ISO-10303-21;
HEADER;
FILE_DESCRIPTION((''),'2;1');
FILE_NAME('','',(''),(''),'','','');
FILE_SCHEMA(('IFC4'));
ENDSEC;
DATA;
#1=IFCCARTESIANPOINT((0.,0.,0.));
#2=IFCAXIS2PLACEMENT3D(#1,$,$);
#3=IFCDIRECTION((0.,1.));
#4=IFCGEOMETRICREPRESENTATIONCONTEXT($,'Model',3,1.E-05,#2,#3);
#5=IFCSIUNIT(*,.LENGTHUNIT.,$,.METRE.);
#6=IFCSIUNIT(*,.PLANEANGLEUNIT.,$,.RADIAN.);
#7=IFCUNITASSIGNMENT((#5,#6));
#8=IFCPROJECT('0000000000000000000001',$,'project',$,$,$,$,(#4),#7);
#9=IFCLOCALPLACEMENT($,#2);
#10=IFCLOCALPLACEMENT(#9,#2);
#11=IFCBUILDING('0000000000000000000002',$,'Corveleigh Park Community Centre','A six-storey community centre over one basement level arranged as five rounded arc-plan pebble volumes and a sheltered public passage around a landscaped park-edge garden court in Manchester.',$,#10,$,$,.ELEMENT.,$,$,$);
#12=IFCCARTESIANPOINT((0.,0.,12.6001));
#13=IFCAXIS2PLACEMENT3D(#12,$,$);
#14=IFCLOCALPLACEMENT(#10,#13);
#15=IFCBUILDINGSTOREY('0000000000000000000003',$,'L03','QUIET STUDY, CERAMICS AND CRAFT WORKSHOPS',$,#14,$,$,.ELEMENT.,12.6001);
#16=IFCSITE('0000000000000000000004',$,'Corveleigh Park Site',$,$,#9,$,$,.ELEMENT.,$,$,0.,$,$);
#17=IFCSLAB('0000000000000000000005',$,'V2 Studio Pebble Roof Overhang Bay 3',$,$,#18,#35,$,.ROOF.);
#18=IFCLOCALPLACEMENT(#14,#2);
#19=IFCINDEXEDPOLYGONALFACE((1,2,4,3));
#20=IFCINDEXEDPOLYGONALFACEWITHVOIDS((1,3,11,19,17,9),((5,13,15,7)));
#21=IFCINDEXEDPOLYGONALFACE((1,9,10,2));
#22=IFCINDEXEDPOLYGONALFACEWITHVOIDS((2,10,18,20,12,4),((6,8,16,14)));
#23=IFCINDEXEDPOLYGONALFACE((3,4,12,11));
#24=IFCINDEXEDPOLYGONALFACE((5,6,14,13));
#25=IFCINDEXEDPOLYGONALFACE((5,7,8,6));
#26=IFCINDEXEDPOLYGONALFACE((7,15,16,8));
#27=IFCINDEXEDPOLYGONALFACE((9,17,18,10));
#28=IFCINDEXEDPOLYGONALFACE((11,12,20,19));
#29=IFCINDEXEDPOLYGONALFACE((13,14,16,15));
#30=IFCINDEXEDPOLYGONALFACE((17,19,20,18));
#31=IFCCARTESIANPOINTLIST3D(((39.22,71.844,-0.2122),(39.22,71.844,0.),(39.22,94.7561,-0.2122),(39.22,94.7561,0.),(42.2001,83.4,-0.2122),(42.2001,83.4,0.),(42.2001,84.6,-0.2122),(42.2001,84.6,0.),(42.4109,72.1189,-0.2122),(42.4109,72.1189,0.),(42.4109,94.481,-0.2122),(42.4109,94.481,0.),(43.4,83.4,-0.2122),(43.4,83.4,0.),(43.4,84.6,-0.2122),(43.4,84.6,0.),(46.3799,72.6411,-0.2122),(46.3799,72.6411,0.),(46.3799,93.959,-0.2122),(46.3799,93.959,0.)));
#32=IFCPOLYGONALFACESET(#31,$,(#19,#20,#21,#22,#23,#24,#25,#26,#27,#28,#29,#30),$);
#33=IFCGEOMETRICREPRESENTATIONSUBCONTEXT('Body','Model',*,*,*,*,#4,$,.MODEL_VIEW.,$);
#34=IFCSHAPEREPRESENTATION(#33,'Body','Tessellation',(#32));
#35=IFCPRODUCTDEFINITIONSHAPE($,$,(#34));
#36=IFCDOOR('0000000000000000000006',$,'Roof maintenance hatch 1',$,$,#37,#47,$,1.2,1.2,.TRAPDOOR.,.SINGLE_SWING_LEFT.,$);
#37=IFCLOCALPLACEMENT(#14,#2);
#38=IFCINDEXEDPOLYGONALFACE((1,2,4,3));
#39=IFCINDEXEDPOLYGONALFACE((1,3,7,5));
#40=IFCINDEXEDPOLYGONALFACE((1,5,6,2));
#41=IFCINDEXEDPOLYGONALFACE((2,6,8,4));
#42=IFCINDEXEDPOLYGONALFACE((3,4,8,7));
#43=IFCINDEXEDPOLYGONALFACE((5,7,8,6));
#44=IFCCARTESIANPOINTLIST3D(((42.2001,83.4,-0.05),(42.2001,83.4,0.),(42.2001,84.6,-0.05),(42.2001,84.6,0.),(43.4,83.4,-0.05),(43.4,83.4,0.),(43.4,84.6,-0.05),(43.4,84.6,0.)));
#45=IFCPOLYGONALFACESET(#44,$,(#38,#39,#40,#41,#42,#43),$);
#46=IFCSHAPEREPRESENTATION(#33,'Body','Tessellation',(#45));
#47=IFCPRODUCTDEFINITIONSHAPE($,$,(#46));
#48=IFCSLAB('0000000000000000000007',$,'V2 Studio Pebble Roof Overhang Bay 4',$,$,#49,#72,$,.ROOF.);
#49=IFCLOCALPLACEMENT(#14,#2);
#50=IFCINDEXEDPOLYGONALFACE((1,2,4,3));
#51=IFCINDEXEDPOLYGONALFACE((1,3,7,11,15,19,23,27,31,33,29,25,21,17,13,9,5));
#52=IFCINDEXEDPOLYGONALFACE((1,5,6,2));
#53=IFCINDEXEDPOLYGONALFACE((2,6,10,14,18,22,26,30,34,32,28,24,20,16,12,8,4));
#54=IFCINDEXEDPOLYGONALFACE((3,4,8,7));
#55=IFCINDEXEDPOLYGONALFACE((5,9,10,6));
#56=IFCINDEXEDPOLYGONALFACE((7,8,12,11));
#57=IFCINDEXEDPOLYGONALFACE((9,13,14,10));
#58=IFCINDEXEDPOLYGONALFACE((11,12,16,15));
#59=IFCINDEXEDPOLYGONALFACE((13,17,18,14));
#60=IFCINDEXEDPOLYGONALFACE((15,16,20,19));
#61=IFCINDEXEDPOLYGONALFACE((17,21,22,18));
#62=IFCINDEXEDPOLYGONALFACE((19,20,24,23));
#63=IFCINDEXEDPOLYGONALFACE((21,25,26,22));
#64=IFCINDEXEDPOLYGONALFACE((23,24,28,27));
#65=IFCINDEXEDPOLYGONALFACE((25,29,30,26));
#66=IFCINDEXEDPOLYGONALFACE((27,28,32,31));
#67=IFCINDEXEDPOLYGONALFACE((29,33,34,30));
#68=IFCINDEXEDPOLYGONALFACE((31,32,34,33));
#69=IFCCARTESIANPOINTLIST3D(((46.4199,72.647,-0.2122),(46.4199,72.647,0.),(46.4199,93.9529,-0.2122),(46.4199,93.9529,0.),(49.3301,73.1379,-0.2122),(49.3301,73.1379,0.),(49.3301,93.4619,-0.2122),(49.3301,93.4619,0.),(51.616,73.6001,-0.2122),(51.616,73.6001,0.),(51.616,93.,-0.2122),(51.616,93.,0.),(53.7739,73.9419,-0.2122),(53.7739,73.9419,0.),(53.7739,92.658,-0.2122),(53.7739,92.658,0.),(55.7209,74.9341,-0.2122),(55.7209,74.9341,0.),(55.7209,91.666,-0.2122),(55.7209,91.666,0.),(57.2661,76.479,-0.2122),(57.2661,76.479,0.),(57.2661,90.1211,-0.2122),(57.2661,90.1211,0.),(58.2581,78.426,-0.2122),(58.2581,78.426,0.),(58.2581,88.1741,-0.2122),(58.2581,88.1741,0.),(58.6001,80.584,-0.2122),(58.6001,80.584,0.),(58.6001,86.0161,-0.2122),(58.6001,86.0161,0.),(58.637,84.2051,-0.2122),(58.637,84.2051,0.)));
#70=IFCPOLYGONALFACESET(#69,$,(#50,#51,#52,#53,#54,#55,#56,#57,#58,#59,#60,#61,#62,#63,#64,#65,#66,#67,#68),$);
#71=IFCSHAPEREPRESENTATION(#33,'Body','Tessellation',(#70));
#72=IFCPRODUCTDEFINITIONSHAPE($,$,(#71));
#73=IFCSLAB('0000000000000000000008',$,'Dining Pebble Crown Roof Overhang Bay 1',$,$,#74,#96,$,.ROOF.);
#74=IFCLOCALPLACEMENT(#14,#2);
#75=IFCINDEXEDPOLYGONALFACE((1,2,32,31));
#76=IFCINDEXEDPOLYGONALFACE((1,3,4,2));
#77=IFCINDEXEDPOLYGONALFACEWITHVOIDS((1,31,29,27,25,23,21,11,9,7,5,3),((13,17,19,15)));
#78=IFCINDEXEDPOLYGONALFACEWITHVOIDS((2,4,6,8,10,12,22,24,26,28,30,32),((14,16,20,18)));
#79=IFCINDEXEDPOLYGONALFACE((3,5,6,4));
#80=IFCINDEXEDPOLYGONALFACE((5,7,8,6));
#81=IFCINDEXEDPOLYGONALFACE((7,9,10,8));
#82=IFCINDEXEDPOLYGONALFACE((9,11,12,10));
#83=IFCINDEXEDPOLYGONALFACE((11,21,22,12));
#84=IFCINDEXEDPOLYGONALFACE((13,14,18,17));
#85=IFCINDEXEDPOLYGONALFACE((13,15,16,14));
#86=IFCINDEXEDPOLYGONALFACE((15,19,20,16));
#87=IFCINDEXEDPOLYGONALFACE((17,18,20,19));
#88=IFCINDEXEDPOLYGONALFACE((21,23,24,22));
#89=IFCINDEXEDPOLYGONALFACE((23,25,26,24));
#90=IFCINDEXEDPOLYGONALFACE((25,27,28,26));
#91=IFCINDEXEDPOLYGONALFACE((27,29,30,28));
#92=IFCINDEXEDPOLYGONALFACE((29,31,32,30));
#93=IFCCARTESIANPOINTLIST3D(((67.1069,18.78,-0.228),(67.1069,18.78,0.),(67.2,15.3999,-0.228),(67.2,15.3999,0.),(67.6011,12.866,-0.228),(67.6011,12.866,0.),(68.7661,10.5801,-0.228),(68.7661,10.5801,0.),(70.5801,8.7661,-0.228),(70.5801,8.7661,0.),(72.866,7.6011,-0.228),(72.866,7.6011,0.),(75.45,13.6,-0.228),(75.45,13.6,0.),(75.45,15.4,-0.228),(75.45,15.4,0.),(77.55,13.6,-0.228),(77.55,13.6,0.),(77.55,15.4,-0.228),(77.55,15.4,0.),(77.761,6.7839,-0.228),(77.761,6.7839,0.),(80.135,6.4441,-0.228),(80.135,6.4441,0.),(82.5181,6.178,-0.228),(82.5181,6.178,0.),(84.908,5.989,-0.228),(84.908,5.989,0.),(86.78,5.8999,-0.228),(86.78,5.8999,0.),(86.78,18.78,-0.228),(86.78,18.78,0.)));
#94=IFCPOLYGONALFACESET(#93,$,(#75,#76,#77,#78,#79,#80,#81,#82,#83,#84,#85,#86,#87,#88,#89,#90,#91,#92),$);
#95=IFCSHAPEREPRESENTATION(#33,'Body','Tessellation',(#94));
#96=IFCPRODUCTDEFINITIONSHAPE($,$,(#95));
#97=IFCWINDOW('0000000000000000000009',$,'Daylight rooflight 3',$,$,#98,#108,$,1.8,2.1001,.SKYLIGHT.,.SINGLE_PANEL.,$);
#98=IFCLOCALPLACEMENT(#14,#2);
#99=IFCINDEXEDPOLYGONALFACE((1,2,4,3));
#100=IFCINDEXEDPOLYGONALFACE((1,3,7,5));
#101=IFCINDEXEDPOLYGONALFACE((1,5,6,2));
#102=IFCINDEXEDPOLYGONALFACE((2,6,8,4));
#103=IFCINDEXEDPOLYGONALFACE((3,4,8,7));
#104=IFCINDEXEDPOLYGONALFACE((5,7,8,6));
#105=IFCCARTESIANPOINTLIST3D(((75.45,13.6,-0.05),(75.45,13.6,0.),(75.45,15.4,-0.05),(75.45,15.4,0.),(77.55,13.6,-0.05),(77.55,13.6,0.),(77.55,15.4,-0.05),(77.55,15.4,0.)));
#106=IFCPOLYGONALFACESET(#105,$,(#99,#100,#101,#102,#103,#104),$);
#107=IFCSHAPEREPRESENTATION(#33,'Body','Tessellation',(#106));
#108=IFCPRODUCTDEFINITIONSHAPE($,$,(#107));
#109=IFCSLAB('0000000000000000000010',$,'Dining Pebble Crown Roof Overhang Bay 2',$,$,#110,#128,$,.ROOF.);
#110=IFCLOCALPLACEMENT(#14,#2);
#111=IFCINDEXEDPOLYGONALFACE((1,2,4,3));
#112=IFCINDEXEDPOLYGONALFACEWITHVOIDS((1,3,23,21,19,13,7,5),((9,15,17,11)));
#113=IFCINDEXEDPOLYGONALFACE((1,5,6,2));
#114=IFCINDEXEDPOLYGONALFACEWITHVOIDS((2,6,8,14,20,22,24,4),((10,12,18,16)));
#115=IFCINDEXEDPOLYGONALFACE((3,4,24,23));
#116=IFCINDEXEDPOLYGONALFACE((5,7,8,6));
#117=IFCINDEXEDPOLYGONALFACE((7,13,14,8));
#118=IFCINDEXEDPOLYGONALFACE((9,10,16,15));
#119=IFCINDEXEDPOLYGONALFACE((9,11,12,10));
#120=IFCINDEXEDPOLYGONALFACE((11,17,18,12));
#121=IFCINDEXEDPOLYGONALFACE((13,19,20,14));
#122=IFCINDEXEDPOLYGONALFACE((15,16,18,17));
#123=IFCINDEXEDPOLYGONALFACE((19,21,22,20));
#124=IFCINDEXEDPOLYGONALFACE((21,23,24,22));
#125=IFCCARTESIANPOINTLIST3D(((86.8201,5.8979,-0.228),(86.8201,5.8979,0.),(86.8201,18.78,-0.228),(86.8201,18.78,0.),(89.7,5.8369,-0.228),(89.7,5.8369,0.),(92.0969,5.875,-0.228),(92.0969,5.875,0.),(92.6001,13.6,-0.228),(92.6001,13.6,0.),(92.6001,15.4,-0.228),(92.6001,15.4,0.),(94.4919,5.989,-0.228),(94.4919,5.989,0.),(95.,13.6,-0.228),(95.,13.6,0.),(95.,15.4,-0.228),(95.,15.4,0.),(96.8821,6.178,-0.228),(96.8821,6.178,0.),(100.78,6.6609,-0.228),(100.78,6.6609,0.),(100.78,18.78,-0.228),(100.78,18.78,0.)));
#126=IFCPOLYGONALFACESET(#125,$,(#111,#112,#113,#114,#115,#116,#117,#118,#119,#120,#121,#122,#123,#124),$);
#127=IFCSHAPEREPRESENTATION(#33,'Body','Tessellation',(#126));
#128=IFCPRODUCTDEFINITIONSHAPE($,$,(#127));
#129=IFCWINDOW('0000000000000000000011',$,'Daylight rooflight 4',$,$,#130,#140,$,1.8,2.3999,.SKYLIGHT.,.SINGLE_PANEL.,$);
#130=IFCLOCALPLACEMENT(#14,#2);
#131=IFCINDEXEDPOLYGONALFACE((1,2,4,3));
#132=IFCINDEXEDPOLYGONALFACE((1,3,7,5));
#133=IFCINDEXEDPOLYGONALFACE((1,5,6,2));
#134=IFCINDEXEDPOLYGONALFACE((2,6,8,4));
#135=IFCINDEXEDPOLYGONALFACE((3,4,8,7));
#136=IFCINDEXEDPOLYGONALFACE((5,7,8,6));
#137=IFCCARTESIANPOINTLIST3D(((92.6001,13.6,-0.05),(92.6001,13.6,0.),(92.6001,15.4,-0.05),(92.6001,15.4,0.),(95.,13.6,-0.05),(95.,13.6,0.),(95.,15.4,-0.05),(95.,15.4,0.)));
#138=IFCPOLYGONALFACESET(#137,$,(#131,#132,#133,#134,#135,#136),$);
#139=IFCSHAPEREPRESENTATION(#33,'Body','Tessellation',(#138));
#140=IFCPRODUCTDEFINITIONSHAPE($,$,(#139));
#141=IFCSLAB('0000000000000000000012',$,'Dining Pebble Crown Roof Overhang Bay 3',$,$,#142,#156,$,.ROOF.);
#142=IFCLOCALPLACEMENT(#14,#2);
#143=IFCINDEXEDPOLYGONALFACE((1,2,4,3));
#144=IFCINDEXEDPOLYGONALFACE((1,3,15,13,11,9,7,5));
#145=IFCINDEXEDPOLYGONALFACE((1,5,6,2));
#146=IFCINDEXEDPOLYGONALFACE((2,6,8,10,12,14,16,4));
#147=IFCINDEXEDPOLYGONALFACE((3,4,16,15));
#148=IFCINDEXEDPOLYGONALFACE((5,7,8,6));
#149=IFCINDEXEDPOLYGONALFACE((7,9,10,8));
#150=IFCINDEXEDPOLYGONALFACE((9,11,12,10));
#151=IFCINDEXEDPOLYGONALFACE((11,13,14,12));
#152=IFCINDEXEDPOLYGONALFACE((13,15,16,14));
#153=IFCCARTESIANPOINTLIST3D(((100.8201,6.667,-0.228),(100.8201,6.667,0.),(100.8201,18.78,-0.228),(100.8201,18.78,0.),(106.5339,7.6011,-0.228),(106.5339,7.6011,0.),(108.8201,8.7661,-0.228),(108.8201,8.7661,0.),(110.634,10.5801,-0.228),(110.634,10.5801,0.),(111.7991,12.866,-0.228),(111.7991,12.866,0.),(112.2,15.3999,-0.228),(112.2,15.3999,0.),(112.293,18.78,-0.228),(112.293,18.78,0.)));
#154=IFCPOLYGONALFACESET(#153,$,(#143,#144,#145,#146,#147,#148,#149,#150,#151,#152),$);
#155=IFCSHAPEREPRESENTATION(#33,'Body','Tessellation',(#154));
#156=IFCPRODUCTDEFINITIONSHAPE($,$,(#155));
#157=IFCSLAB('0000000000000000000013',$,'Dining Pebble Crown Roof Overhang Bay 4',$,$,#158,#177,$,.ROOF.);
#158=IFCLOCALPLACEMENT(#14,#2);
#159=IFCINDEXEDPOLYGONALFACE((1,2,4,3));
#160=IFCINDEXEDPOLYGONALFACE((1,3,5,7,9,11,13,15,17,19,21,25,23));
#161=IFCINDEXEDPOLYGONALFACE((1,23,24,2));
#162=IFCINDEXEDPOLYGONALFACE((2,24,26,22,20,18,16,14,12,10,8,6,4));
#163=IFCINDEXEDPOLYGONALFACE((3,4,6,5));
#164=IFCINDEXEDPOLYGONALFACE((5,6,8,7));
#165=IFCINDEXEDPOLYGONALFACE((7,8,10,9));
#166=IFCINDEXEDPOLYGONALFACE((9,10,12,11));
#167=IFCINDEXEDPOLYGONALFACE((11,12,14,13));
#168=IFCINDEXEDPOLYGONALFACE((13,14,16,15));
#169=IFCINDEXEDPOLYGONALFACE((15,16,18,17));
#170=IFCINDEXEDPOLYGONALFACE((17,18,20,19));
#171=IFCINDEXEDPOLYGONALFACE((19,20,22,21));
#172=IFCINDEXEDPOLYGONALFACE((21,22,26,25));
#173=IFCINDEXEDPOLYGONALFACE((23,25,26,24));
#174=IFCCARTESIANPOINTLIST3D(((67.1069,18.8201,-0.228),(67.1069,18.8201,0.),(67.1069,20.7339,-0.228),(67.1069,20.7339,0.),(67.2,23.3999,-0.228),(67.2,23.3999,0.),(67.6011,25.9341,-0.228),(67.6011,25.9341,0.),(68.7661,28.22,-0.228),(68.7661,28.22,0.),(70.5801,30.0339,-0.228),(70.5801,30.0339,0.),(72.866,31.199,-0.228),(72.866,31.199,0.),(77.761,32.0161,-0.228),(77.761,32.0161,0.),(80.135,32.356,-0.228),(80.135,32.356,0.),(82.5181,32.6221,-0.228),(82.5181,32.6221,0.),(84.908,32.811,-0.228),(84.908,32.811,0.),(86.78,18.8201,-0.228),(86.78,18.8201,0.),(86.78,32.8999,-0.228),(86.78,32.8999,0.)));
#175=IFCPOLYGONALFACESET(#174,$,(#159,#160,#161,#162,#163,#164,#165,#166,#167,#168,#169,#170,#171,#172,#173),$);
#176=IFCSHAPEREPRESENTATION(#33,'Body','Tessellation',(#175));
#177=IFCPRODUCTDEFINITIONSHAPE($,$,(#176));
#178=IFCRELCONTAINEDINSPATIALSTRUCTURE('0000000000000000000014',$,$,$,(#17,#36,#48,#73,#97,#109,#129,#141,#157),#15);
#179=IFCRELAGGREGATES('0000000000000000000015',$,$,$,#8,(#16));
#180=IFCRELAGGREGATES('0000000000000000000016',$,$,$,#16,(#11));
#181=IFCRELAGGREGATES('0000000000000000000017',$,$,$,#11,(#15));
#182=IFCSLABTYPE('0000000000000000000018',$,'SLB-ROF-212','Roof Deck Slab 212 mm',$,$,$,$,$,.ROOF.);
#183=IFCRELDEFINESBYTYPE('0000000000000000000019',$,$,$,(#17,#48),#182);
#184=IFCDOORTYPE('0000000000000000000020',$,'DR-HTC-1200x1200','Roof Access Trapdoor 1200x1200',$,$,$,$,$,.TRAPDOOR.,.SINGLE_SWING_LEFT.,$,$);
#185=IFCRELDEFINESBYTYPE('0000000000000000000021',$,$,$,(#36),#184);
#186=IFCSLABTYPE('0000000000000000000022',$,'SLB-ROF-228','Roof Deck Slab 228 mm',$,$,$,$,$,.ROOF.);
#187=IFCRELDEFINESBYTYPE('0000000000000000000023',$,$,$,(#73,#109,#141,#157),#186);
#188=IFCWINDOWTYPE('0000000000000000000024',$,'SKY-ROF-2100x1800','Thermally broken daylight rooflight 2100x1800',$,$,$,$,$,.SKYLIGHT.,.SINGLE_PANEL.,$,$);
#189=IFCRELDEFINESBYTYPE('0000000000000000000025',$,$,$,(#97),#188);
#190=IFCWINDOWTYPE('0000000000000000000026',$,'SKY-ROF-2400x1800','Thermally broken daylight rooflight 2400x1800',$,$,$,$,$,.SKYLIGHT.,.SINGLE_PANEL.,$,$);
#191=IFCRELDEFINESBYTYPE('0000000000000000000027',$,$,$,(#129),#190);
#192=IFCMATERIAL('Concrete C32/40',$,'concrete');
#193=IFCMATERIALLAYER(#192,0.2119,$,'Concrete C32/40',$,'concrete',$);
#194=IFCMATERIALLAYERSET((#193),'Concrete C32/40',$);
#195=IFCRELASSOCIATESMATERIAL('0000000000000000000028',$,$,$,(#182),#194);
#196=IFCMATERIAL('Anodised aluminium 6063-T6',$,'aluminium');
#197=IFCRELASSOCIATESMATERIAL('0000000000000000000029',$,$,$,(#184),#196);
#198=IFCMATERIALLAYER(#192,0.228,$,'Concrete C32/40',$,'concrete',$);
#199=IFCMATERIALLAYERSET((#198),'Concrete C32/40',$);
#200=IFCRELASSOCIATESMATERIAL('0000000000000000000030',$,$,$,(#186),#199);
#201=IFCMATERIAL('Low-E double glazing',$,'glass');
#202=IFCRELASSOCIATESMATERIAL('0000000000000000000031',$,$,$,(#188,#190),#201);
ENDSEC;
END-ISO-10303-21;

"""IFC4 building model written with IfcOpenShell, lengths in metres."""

from ifc_helpers import new_model, si_unit, direction, frame, origin, origin_2d, place, context, subcontext, project, spatial, polyline, rectangle, outline, extrude, material, layer, layer_set, type_object, element, fill, save


model = new_model("IFC4")

# Units and contexts
model_context = context("Model", 3, precision=1e-05, world=origin(), true_north=direction((0.0, 1.0)))
body_context = subcontext(model_context, "Body", "Model", "MODEL_VIEW")
ifc_project = project(units=[si_unit("LENGTHUNIT", "METRE"), si_unit("PLANEANGLEUNIT", "RADIAN")], contexts=[model_context])

# Site, building, storey
site_placement = place(None, origin())
site = spatial("IfcSite", under=ifc_project, at=site_placement, Name="Corveleigh Park Site", CompositionType="ELEMENT", RefElevation=0.0)
building_placement = place(site_placement, origin())
building = spatial("IfcBuilding", under=site, at=building_placement, Name="Corveleigh Park Community Centre", Description="A six-storey community centre over one basement level arranged as five rounded arc-plan pebble volumes and a sheltered public passage around a landscaped park-edge garden court in Manchester.", CompositionType="ELEMENT")
storey_placement = place(building_placement, frame((0.0, 0.0, 12.6001)))
storey = spatial("IfcBuildingStorey", under=building, at=storey_placement, Name="L03", Description="QUIET STUDY, CERAMICS AND CRAFT WORKSHOPS", CompositionType="ELEMENT", Elevation=12.6001)

# Shared definitions
ifc_material_1 = material(Name="Concrete C32/40", Category="concrete")

# Shared definitions
ifc_layer_1 = layer(ifc_material_1, 0.2119, Name="Concrete C32/40", Category="concrete")
ifc_layer_set_1 = layer_set([ifc_layer_1], Name="Concrete C32/40")
slab_type_1 = type_object("IfcSlabType", Name="SLB-ROF-212", Description="Roof Deck Slab 212 mm", PredefinedType="ROOF", material=ifc_layer_set_1)
ifc_material_2 = material(Name="Low-E double glazing", Category="glass")

# Slab, opening, door
slab_1_placement = place(storey_placement, frame((0.0, 0.0, -0.2122)))
slab_1 = element("IfcSlab", 1, at=slab_1_placement, inside=storey, type_object=slab_type_1, Name="V2 Studio Pebble Roof Overhang Bay 3", PredefinedType="ROOF", context=body_context, shape_type="SweptSolid", body=[
    extrude(outline(polyline([(46.3799, 72.6411), (42.4109, 72.1189), (39.22, 71.844), (39.22, 94.7561), (42.4109, 94.481), (46.3799, 93.959), (46.3799, 72.6411)])), origin(), (0.0, 0.0, 1.0), 0.2122),
])
opening_1_placement = place(slab_1_placement, frame((42.8, 84.0, -0.01)))
opening_1 = element("IfcOpeningElement", 2, at=opening_1_placement, cuts=slab_1, PredefinedType="OPENING", context=body_context, shape_type="SweptSolid", body=[
    extrude(rectangle(XDim=1.2, YDim=1.2, at=origin_2d()), origin(), (0.0, 0.0, 1.0), 0.2322),
])
ifc_material_3 = material(Name="Anodised aluminium 6063-T6", Category="aluminium")
door_type_1 = type_object("IfcDoorType", Name="DR-HTC-1200x1200", Description="Roof Access Trapdoor 1200x1200", OperationType="SINGLE_SWING_LEFT", PredefinedType="TRAPDOOR", material=ifc_material_3)
door_1_placement = place(opening_1_placement, frame((0.0, 0.0, 0.1721)))
door_1 = element("IfcDoor", 3, at=door_1_placement, inside=storey, type_object=door_type_1, Name="Roof maintenance hatch 1", OperationType="SINGLE_SWING_LEFT", OverallHeight=1.2, OverallWidth=1.2, PredefinedType="TRAPDOOR", context=body_context, shape_type="SweptSolid", body=[
    extrude(rectangle(XDim=1.2, YDim=1.2, at=origin_2d()), origin(), (0.0, 0.0, 1.0), 0.05),
])
fill(opening_1, door_1)

# Slab
slab_2_placement = place(storey_placement, frame((0.0, 0.0, -0.2122)))
element("IfcSlab", 4, at=slab_2_placement, inside=storey, type_object=slab_type_1, Name="V2 Studio Pebble Roof Overhang Bay 4", PredefinedType="ROOF", context=body_context, shape_type="SweptSolid", body=[
    extrude(outline(polyline([(46.4199, 93.9529), (49.3301, 93.4619), (51.616, 93.0), (53.7739, 92.658), (55.7209, 91.666), (57.2661, 90.1211), (58.2581, 88.1741), (58.6001, 86.0161), (58.637, 84.2051), (58.6001, 80.584), (58.2581, 78.426), (57.2661, 76.479), (55.7209, 74.9341), (53.7739, 73.9419), (51.616, 73.6001), (49.3301, 73.1379), (46.4199, 72.647), (46.4199, 93.9529)])), origin(), (0.0, 0.0, 1.0), 0.2122),
])

# Slabs, openings, windows
ifc_layer_2 = layer(ifc_material_1, 0.228, Name="Concrete C32/40", Category="concrete")
ifc_layer_set_2 = layer_set([ifc_layer_2], Name="Concrete C32/40")
slab_type_2 = type_object("IfcSlabType", Name="SLB-ROF-228", Description="Roof Deck Slab 228 mm", PredefinedType="ROOF", material=ifc_layer_set_2)
slab_3_placement = place(storey_placement, frame((0.0, 0.0, -0.228)))
slab_3 = element("IfcSlab", 5, at=slab_3_placement, inside=storey, type_object=slab_type_2, Name="Dining Pebble Crown Roof Overhang Bay 1", PredefinedType="ROOF", context=body_context, shape_type="SweptSolid", body=[
    extrude(outline(polyline([(84.908, 5.989), (82.5181, 6.178), (80.135, 6.4441), (77.761, 6.7839), (72.866, 7.6011), (70.5801, 8.7661), (68.7661, 10.5801), (67.6011, 12.866), (67.2, 15.3999), (67.1069, 18.78), (86.78, 18.78), (86.78, 5.8999), (84.908, 5.989)])), origin(), (0.0, 0.0, 1.0), 0.228),
])
opening_2_placement = place(slab_3_placement, frame((76.5, 14.5, -0.01)))
opening_2 = element("IfcOpeningElement", 6, at=opening_2_placement, cuts=slab_3, PredefinedType="OPENING", context=body_context, shape_type="SweptSolid", body=[
    extrude(rectangle(XDim=2.1001, YDim=1.8, at=origin_2d()), origin(), (0.0, 0.0, 1.0), 0.248),
])
window_type_1 = type_object("IfcWindowType", Name="SKY-ROF-2100x1800", Description="Thermally broken daylight rooflight 2100x1800", PartitioningType="SINGLE_PANEL", PredefinedType="SKYLIGHT", material=ifc_material_2)
window_1_placement = place(opening_2_placement, frame((0.0, 0.0, 0.188)))
window_1 = element("IfcWindow", 7, at=window_1_placement, inside=storey, type_object=window_type_1, Name="Daylight rooflight 3", OverallHeight=1.8, OverallWidth=2.1001, PartitioningType="SINGLE_PANEL", PredefinedType="SKYLIGHT", context=body_context, shape_type="SweptSolid", body=[
    extrude(rectangle(XDim=2.1001, YDim=1.8, at=origin_2d()), origin(), (0.0, 0.0, 1.0), 0.05),
])
fill(opening_2, window_1)
slab_4_placement = place(storey_placement, frame((0.0, 0.0, -0.228)))
slab_4 = element("IfcSlab", 8, at=slab_4_placement, inside=storey, type_object=slab_type_2, Name="Dining Pebble Crown Roof Overhang Bay 2", PredefinedType="ROOF", context=body_context, shape_type="SweptSolid", body=[
    extrude(outline(polyline([(100.78, 6.6609), (96.8821, 6.178), (94.4919, 5.989), (92.0969, 5.875), (89.7, 5.8369), (86.8201, 5.8979), (86.8201, 18.78), (100.78, 18.78), (100.78, 6.6609)])), origin(), (0.0, 0.0, 1.0), 0.228),
])
opening_3_placement = place(slab_4_placement, frame((93.8, 14.5, -0.01)))
opening_3 = element("IfcOpeningElement", 9, at=opening_3_placement, cuts=slab_4, PredefinedType="OPENING", context=body_context, shape_type="SweptSolid", body=[
    extrude(rectangle(XDim=2.3999, YDim=1.8, at=origin_2d()), origin(), (0.0, 0.0, 1.0), 0.248),
])
window_type_2 = type_object("IfcWindowType", Name="SKY-ROF-2400x1800", Description="Thermally broken daylight rooflight 2400x1800", PartitioningType="SINGLE_PANEL", PredefinedType="SKYLIGHT", material=ifc_material_2)
window_2_placement = place(opening_3_placement, frame((0.0, 0.0, 0.188)))
window_2 = element("IfcWindow", 10, at=window_2_placement, inside=storey, type_object=window_type_2, Name="Daylight rooflight 4", OverallHeight=1.8, OverallWidth=2.3999, PartitioningType="SINGLE_PANEL", PredefinedType="SKYLIGHT", context=body_context, shape_type="SweptSolid", body=[
    extrude(rectangle(XDim=2.3999, YDim=1.8, at=origin_2d()), origin(), (0.0, 0.0, 1.0), 0.05),
])
fill(opening_3, window_2)

# Slabs
slab_5_placement = place(storey_placement, frame((0.0, 0.0, -0.228)))
element("IfcSlab", 11, at=slab_5_placement, inside=storey, type_object=slab_type_2, Name="Dining Pebble Crown Roof Overhang Bay 3", PredefinedType="ROOF", context=body_context, shape_type="SweptSolid", body=[
    extrude(outline(polyline([(112.293, 18.78), (112.2, 15.3999), (111.7991, 12.866), (110.634, 10.5801), (108.8201, 8.7661), (106.5339, 7.6011), (100.8201, 6.667), (100.8201, 18.78), (112.293, 18.78)])), origin(), (0.0, 0.0, 1.0), 0.228),
])
slab_6_placement = place(storey_placement, frame((0.0, 0.0, -0.228)))
element("IfcSlab", 12, at=slab_6_placement, inside=storey, type_object=slab_type_2, Name="Dining Pebble Crown Roof Overhang Bay 4", PredefinedType="ROOF", context=body_context, shape_type="SweptSolid", body=[
    extrude(outline(polyline([(67.1069, 20.7339), (67.2, 23.3999), (67.6011, 25.9341), (68.7661, 28.22), (70.5801, 30.0339), (72.866, 31.199), (77.761, 32.0161), (80.135, 32.356), (82.5181, 32.6221), (84.908, 32.811), (86.78, 32.8999), (86.78, 18.8201), (67.1069, 18.8201), (67.1069, 20.7339)])), origin(), (0.0, 0.0, 1.0), 0.228),
])

save(model, "model.ifc")
